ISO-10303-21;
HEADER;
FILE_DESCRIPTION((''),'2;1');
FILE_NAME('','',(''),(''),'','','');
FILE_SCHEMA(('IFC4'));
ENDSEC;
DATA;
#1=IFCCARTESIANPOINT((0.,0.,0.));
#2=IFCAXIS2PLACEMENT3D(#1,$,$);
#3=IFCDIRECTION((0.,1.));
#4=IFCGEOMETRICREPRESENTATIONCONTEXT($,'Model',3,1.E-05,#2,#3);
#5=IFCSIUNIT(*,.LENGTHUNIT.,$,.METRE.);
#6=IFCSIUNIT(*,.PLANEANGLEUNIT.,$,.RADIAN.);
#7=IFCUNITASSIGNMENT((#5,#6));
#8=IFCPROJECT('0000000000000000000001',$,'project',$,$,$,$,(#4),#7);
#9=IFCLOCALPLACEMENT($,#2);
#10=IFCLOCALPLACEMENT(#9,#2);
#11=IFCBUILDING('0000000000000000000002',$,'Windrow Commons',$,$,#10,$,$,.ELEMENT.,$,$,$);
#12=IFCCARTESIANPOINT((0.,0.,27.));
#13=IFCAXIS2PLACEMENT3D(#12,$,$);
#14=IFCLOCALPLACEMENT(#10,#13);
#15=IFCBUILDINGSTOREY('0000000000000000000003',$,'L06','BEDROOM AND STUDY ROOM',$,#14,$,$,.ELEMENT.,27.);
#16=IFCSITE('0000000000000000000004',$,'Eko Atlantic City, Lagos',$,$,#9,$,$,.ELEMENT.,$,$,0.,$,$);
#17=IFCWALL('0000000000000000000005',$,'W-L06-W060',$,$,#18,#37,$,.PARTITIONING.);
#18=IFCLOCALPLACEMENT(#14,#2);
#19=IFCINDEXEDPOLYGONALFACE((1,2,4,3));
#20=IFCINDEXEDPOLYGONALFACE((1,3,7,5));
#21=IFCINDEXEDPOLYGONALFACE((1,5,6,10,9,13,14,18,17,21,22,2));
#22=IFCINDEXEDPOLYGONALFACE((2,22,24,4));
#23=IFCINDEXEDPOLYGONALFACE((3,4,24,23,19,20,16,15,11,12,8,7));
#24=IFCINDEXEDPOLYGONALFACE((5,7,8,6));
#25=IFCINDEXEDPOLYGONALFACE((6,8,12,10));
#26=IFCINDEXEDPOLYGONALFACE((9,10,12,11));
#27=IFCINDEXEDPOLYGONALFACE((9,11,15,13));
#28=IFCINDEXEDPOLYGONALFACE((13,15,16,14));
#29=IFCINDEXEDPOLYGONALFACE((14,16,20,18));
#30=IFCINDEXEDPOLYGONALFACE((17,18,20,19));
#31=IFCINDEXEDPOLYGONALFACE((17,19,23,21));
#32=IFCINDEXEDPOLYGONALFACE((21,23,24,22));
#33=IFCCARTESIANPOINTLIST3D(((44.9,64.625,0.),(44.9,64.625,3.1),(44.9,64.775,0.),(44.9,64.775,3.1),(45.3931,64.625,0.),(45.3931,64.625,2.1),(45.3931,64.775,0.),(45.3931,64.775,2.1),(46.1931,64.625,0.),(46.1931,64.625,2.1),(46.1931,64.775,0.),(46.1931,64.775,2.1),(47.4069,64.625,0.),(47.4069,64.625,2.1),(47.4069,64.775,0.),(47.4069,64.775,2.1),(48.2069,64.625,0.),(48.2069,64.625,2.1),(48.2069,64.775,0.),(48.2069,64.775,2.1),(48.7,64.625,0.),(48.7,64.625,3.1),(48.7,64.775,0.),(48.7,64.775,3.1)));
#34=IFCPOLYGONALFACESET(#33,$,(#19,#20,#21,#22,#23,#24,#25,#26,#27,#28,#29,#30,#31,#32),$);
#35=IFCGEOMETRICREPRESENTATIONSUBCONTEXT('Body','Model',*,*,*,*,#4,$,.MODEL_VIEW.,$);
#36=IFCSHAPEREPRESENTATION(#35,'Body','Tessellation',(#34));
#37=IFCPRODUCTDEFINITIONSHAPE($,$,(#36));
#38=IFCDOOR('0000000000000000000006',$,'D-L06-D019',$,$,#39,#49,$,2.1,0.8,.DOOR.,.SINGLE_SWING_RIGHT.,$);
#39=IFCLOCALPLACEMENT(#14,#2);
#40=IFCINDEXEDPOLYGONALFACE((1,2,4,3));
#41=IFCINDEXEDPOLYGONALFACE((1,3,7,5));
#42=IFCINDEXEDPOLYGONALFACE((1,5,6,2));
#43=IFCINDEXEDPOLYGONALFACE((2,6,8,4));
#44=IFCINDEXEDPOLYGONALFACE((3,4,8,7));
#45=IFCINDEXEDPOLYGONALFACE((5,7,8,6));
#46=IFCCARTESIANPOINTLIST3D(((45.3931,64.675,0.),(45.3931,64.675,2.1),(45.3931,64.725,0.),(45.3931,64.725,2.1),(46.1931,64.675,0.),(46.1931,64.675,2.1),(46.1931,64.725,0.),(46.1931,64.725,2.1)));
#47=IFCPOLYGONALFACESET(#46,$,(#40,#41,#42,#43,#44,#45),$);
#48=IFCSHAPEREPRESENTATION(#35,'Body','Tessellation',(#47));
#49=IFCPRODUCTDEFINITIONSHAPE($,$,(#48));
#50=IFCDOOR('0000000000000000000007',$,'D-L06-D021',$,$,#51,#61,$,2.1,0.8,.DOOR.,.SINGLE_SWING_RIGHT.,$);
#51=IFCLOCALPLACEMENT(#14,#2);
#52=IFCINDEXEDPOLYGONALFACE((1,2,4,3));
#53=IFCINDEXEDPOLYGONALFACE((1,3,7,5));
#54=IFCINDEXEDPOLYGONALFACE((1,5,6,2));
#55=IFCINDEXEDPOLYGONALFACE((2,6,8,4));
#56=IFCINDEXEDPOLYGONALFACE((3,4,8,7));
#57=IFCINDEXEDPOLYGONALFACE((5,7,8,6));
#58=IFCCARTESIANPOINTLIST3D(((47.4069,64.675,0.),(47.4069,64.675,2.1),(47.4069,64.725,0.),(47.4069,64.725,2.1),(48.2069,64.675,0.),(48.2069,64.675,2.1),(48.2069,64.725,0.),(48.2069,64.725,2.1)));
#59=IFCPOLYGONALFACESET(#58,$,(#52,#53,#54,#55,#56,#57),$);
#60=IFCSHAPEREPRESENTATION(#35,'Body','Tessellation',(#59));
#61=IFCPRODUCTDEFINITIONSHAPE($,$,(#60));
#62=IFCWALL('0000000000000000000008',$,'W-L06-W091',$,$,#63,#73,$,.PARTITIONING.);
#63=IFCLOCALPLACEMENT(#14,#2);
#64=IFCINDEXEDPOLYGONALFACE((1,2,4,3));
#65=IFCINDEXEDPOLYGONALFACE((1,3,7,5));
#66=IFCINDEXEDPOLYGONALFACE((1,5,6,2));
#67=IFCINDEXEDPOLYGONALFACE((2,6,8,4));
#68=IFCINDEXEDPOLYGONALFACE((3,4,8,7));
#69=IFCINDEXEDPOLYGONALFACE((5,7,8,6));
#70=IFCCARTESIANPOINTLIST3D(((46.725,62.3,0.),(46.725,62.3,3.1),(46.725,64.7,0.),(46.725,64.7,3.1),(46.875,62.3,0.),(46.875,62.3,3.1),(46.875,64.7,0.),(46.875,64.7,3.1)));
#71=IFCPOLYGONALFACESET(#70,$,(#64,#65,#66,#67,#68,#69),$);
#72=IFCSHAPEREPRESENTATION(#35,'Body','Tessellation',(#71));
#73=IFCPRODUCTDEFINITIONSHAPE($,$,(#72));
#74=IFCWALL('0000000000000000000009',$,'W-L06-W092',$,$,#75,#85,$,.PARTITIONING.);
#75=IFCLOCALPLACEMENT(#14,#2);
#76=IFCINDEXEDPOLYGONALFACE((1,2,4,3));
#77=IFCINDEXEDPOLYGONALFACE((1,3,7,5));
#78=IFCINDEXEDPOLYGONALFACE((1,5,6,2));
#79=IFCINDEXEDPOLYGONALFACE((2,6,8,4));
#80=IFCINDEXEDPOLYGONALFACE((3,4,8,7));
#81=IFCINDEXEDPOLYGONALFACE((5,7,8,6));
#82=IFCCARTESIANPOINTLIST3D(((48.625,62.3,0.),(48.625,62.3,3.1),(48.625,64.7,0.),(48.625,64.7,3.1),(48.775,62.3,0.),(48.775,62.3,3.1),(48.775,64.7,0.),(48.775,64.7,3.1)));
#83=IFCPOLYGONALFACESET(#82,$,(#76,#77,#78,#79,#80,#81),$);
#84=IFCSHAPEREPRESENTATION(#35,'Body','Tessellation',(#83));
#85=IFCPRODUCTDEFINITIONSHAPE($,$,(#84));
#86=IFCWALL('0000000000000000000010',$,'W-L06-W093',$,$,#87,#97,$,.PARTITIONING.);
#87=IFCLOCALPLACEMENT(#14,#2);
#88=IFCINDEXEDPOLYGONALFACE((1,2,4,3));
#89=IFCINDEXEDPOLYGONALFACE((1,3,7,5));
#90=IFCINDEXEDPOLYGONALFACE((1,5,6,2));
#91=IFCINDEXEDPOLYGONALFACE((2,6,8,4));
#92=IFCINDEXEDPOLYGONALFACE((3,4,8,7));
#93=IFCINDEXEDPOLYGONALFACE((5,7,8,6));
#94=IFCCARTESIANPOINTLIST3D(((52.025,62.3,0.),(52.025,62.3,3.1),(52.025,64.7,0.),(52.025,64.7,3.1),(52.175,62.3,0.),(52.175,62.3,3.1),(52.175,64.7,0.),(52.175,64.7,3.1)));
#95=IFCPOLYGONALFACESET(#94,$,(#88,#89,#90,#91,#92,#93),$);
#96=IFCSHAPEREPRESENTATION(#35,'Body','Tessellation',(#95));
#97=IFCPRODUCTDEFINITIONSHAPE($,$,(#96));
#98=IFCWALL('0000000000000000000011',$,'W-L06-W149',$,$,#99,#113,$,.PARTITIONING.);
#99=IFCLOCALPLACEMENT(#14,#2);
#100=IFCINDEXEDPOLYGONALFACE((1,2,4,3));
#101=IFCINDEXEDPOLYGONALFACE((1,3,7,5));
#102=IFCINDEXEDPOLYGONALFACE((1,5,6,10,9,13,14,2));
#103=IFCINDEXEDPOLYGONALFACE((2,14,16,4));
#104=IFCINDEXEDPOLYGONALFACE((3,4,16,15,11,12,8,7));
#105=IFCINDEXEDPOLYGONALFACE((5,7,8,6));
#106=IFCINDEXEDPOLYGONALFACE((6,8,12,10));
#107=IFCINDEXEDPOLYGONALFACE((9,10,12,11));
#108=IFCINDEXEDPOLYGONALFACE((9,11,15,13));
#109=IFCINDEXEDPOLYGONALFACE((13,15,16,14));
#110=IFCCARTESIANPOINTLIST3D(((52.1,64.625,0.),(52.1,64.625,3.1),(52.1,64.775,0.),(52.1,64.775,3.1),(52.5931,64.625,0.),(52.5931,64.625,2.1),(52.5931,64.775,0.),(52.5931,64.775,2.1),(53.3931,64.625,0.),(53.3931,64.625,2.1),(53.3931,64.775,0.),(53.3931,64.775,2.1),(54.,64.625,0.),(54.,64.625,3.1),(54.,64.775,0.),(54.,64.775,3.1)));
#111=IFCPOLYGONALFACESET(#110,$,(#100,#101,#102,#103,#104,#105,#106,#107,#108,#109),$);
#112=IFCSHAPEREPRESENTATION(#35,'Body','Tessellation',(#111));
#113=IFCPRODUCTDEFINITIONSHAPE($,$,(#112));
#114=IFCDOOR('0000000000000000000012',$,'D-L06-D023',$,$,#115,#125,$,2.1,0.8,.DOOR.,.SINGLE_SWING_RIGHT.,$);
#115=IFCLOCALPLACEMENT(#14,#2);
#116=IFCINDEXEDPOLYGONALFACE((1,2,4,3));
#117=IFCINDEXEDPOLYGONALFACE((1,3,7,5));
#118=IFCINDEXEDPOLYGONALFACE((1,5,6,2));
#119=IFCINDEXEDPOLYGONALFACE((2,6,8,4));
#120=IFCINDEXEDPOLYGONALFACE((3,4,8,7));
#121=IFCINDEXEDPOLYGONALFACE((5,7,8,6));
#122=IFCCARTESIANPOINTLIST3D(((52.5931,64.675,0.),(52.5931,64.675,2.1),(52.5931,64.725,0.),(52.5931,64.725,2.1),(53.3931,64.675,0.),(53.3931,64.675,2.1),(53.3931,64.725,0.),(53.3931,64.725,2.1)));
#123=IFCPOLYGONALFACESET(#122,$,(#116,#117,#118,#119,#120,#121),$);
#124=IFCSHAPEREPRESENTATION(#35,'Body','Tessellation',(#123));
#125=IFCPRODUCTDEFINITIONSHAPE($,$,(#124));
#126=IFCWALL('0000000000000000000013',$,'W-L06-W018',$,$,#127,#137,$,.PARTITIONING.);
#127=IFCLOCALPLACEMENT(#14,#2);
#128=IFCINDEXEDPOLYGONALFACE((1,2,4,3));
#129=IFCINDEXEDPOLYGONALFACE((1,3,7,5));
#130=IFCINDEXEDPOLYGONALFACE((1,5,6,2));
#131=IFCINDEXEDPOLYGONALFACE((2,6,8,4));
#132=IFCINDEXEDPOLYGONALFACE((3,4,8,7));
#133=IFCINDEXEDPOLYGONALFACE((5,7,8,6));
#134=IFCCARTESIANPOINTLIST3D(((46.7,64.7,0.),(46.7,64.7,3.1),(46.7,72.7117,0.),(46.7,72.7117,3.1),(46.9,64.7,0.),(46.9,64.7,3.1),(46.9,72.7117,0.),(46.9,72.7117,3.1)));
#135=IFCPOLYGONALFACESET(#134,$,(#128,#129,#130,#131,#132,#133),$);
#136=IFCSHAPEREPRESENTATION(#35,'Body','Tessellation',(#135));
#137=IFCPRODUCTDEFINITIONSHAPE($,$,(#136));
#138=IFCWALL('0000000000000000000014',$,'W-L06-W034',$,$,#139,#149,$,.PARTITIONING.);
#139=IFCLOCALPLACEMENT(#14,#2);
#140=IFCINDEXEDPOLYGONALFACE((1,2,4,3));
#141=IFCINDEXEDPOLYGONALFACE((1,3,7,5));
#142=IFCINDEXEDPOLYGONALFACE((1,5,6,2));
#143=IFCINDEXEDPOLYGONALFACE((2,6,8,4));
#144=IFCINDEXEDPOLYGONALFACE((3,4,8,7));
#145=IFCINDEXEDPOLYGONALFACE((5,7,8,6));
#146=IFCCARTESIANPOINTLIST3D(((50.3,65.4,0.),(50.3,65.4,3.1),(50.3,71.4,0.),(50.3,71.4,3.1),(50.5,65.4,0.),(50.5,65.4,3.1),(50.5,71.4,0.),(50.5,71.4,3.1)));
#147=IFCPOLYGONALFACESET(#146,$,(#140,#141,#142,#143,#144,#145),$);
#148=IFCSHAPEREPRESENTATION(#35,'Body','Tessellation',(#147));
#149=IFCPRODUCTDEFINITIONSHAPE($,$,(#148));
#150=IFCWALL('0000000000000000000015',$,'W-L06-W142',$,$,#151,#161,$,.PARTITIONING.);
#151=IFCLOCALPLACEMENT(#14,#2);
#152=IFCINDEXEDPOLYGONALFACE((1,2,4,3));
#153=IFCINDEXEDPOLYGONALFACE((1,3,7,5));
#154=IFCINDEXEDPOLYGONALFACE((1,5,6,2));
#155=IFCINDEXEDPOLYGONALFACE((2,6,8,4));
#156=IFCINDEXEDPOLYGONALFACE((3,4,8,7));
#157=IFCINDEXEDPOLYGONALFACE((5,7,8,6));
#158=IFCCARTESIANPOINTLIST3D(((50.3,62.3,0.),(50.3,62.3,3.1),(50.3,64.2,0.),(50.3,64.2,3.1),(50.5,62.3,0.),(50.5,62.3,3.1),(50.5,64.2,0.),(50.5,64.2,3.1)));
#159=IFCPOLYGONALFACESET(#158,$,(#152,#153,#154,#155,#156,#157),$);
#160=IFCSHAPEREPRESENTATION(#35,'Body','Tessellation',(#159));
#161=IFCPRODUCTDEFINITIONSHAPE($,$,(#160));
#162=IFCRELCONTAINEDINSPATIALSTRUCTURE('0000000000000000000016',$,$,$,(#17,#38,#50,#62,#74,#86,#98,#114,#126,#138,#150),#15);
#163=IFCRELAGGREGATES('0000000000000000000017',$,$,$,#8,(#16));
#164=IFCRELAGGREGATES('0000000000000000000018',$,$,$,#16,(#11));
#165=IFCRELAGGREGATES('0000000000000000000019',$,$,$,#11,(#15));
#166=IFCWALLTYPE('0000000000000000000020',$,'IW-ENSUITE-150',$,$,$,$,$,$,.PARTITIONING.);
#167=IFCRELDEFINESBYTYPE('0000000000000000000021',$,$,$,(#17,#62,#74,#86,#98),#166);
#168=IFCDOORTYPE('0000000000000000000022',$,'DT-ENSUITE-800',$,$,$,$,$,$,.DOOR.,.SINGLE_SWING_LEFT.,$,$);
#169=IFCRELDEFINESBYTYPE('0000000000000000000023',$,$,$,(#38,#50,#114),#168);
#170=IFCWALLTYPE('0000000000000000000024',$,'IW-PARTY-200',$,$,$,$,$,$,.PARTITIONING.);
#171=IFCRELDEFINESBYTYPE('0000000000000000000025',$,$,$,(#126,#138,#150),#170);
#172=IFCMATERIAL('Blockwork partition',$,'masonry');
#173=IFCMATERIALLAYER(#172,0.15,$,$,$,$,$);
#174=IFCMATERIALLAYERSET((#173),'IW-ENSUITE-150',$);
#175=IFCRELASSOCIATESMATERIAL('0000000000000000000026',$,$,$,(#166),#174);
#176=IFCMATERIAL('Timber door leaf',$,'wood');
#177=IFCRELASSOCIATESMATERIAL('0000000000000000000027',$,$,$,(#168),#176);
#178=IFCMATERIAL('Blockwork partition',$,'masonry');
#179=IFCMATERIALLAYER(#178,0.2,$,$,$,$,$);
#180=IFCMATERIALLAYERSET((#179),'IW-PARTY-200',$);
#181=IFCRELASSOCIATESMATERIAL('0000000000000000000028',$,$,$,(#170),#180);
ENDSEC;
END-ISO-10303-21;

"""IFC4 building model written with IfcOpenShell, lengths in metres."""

from ifc_helpers import new_model, si_unit, direction, frame, frame_2d, origin, place, context, subcontext, project, spatial, rectangle, extrude, material, layer, layer_set, type_object, element, fill, save


model = new_model("IFC4")

# Units and contexts
model_context = context("Model", 3, precision=1e-05, world=origin(), true_north=direction((0.0, 1.0)))
body_context = subcontext(model_context, "Body", "Model", "MODEL_VIEW")
ifc_project = project(units=[si_unit("LENGTHUNIT", "METRE"), si_unit("PLANEANGLEUNIT", "RADIAN")], contexts=[model_context])

# Site, building, storey
site_placement = place(None, origin())
site = spatial("IfcSite", under=ifc_project, at=site_placement, Name="Eko Atlantic City, Lagos", CompositionType="ELEMENT", RefElevation=0.0)
building_placement = place(site_placement, origin())
building = spatial("IfcBuilding", under=site, at=building_placement, Name="Windrow Commons", CompositionType="ELEMENT")
storey_placement = place(building_placement, frame((0.0, 0.0, 27.0)))
storey = spatial("IfcBuildingStorey", under=building, at=storey_placement, Name="L06", Description="BEDROOM AND STUDY ROOM", CompositionType="ELEMENT", Elevation=27.0)

# Wall, openings, doors
ifc_material_1 = material(Name="Blockwork partition", Category="masonry")
ifc_layer_1 = layer(ifc_material_1, 0.15)
ifc_layer_set_1 = layer_set([ifc_layer_1], Name="IW-ENSUITE-150")
wall_type_1 = type_object("IfcWallType", Name="IW-ENSUITE-150", PredefinedType="PARTITIONING", material=ifc_layer_set_1)
wall_1_placement = place(storey_placement, frame((44.9, 64.7, 0.0), z_axis=(0.0, 0.0, 1.0), x_axis=(1.0, 0.0, 0.0)))
wall_1 = element("IfcWall", 1, at=wall_1_placement, inside=storey, type_object=wall_type_1, Name="W-L06-W060", PredefinedType="PARTITIONING", context=body_context, shape_type="SweptSolid", body=[
    extrude(rectangle(XDim=3.8, YDim=0.15, at=frame_2d((1.9, 0.0))), origin(), (0.0, 0.0, 1.0), 3.1),
])
opening_1_placement = place(wall_1_placement, frame((0.4931, 0.0, 0.0)))
opening_1 = element("IfcOpeningElement", 2, at=opening_1_placement, cuts=wall_1, PredefinedType="OPENING", context=body_context, shape_type="SweptSolid", body=[
    extrude(rectangle(XDim=0.8, YDim=2.1, at=frame_2d((0.4, 1.05))), frame((0.0, 0.085, 0.0), z_axis=(0.0, -1.0, 0.0), x_axis=(1.0, 0.0, 0.0)), (0.0, 0.0, 1.0), 0.17),
])
opening_2_placement = place(wall_1_placement, frame((2.5069, 0.0, 0.0)))
opening_2 = element("IfcOpeningElement", 3, at=opening_2_placement, cuts=wall_1, PredefinedType="OPENING", context=body_context, shape_type="SweptSolid", body=[
    extrude(rectangle(XDim=0.8, YDim=2.1, at=frame_2d((0.4, 1.05))), frame((0.0, 0.085, 0.0), z_axis=(0.0, -1.0, 0.0), x_axis=(1.0, 0.0, 0.0)), (0.0, 0.0, 1.0), 0.17),
])
ifc_material_2 = material(Name="Timber door leaf", Category="wood")
door_type = type_object("IfcDoorType", Name="DT-ENSUITE-800", OperationType="SINGLE_SWING_LEFT", PredefinedType="DOOR", material=ifc_material_2)
door_1_placement = place(opening_1_placement, origin())
door_1 = element("IfcDoor", 4, at=door_1_placement, inside=storey, type_object=door_type, Name="D-L06-D019", OperationType="SINGLE_SWING_RIGHT", OverallHeight=2.1, OverallWidth=0.8, PredefinedType="DOOR", context=body_context, shape_type="SweptSolid", body=[
    extrude(rectangle(XDim=0.8, YDim=2.1, at=frame_2d((0.4, 1.05))), frame((0.0, 0.025, 0.0), z_axis=(0.0, -1.0, 0.0), x_axis=(1.0, 0.0, 0.0)), (0.0, 0.0, 1.0), 0.05),
])
fill(opening_1, door_1)
door_2_placement = place(opening_2_placement, origin())
door_2 = element("IfcDoor", 5, at=door_2_placement, inside=storey, type_object=door_type, Name="D-L06-D021", OperationType="SINGLE_SWING_RIGHT", OverallHeight=2.1, OverallWidth=0.8, PredefinedType="DOOR", context=body_context, shape_type="SweptSolid", body=[
    extrude(rectangle(XDim=0.8, YDim=2.1, at=frame_2d((0.4, 1.05))), frame((0.0, 0.025, 0.0), z_axis=(0.0, -1.0, 0.0), x_axis=(1.0, 0.0, 0.0)), (0.0, 0.0, 1.0), 0.05),
])
fill(opening_2, door_2)

# Walls
for number, where, z_axis, x_axis, name in (
    (6, (46.8, 62.3, 0.0), (0.0, 0.0, 1.0), (0.0, 1.0, 0.0), "W-L06-W091"),
    (7, (48.7, 62.3, 0.0), (0.0, 0.0, 1.0), (0.0, 1.0, 0.0), "W-L06-W092"),
    (8, (52.1, 62.3, 0.0), (0.0, 0.0, 1.0), (0.0, 1.0, 0.0), "W-L06-W093"),
):
    element("IfcWall", number, at=place(storey_placement, frame(where, z_axis=z_axis, x_axis=x_axis)), inside=storey, type_object=wall_type_1, Name=name, PredefinedType="PARTITIONING", context=body_context, shape_type="SweptSolid", body=[
        extrude(rectangle(XDim=2.4, YDim=0.15, at=frame_2d((1.2, 0.0))), origin(), (0.0, 0.0, 1.0), 3.1),
    ])

# Wall, opening, door
wall_2_placement = place(storey_placement, frame((52.1, 64.7, 0.0), z_axis=(0.0, 0.0, 1.0), x_axis=(1.0, 0.0, 0.0)))
wall_2 = element("IfcWall", 9, at=wall_2_placement, inside=storey, type_object=wall_type_1, Name="W-L06-W149", PredefinedType="PARTITIONING", context=body_context, shape_type="SweptSolid", body=[
    extrude(rectangle(XDim=1.9, YDim=0.15, at=frame_2d((0.95, 0.0))), origin(), (0.0, 0.0, 1.0), 3.1),
])
opening_3_placement = place(wall_2_placement, frame((0.4931, 0.0, 0.0)))
opening_3 = element("IfcOpeningElement", 10, at=opening_3_placement, cuts=wall_2, PredefinedType="OPENING", context=body_context, shape_type="SweptSolid", body=[
    extrude(rectangle(XDim=0.8, YDim=2.1, at=frame_2d((0.4, 1.05))), frame((0.0, 0.085, 0.0), z_axis=(0.0, -1.0, 0.0), x_axis=(1.0, 0.0, 0.0)), (0.0, 0.0, 1.0), 0.17),
])
door_3_placement = place(opening_3_placement, origin())
door_3 = element("IfcDoor", 11, at=door_3_placement, inside=storey, type_object=door_type, Name="D-L06-D023", OperationType="SINGLE_SWING_RIGHT", OverallHeight=2.1, OverallWidth=0.8, PredefinedType="DOOR", context=body_context, shape_type="SweptSolid", body=[
    extrude(rectangle(XDim=0.8, YDim=2.1, at=frame_2d((0.4, 1.05))), frame((0.0, 0.025, 0.0), z_axis=(0.0, -1.0, 0.0), x_axis=(1.0, 0.0, 0.0)), (0.0, 0.0, 1.0), 0.05),
])
fill(opening_3, door_3)

# Walls
ifc_material_3 = material(Name="Blockwork partition", Category="masonry")
ifc_layer_2 = layer(ifc_material_3, 0.2)
ifc_layer_set_2 = layer_set([ifc_layer_2], Name="IW-PARTY-200")
wall_type_2 = type_object("IfcWallType", Name="IW-PARTY-200", PredefinedType="PARTITIONING", material=ifc_layer_set_2)
wall_3_placement = place(storey_placement, frame((46.8, 64.7, 0.0), z_axis=(0.0, 0.0, 1.0), x_axis=(0.0, 1.0, 0.0)))
element("IfcWall", 12, at=wall_3_placement, inside=storey, type_object=wall_type_2, Name="W-L06-W018", PredefinedType="PARTITIONING", context=body_context, shape_type="SweptSolid", body=[
    extrude(rectangle(XDim=8.0117, YDim=0.2, at=frame_2d((4.0058, 0.0))), origin(), (0.0, 0.0, 1.0), 3.1),
])
wall_4_placement = place(storey_placement, frame((50.4, 65.4, 0.0), z_axis=(0.0, 0.0, 1.0), x_axis=(0.0, 1.0, 0.0)))
element("IfcWall", 13, at=wall_4_placement, inside=storey, type_object=wall_type_2, Name="W-L06-W034", PredefinedType="PARTITIONING", context=body_context, shape_type="SweptSolid", body=[
    extrude(rectangle(XDim=6.0, YDim=0.2, at=frame_2d((3.0, 0.0))), origin(), (0.0, 0.0, 1.0), 3.1),
])
wall_5_placement = place(storey_placement, frame((50.4, 62.3, 0.0), z_axis=(0.0, 0.0, 1.0), x_axis=(0.0, 1.0, 0.0)))
element("IfcWall", 14, at=wall_5_placement, inside=storey, type_object=wall_type_2, Name="W-L06-W142", PredefinedType="PARTITIONING", context=body_context, shape_type="SweptSolid", body=[
    extrude(rectangle(XDim=1.9, YDim=0.2, at=frame_2d((0.95, 0.0))), origin(), (0.0, 0.0, 1.0), 3.1),
])

save(model, "model.ifc")
